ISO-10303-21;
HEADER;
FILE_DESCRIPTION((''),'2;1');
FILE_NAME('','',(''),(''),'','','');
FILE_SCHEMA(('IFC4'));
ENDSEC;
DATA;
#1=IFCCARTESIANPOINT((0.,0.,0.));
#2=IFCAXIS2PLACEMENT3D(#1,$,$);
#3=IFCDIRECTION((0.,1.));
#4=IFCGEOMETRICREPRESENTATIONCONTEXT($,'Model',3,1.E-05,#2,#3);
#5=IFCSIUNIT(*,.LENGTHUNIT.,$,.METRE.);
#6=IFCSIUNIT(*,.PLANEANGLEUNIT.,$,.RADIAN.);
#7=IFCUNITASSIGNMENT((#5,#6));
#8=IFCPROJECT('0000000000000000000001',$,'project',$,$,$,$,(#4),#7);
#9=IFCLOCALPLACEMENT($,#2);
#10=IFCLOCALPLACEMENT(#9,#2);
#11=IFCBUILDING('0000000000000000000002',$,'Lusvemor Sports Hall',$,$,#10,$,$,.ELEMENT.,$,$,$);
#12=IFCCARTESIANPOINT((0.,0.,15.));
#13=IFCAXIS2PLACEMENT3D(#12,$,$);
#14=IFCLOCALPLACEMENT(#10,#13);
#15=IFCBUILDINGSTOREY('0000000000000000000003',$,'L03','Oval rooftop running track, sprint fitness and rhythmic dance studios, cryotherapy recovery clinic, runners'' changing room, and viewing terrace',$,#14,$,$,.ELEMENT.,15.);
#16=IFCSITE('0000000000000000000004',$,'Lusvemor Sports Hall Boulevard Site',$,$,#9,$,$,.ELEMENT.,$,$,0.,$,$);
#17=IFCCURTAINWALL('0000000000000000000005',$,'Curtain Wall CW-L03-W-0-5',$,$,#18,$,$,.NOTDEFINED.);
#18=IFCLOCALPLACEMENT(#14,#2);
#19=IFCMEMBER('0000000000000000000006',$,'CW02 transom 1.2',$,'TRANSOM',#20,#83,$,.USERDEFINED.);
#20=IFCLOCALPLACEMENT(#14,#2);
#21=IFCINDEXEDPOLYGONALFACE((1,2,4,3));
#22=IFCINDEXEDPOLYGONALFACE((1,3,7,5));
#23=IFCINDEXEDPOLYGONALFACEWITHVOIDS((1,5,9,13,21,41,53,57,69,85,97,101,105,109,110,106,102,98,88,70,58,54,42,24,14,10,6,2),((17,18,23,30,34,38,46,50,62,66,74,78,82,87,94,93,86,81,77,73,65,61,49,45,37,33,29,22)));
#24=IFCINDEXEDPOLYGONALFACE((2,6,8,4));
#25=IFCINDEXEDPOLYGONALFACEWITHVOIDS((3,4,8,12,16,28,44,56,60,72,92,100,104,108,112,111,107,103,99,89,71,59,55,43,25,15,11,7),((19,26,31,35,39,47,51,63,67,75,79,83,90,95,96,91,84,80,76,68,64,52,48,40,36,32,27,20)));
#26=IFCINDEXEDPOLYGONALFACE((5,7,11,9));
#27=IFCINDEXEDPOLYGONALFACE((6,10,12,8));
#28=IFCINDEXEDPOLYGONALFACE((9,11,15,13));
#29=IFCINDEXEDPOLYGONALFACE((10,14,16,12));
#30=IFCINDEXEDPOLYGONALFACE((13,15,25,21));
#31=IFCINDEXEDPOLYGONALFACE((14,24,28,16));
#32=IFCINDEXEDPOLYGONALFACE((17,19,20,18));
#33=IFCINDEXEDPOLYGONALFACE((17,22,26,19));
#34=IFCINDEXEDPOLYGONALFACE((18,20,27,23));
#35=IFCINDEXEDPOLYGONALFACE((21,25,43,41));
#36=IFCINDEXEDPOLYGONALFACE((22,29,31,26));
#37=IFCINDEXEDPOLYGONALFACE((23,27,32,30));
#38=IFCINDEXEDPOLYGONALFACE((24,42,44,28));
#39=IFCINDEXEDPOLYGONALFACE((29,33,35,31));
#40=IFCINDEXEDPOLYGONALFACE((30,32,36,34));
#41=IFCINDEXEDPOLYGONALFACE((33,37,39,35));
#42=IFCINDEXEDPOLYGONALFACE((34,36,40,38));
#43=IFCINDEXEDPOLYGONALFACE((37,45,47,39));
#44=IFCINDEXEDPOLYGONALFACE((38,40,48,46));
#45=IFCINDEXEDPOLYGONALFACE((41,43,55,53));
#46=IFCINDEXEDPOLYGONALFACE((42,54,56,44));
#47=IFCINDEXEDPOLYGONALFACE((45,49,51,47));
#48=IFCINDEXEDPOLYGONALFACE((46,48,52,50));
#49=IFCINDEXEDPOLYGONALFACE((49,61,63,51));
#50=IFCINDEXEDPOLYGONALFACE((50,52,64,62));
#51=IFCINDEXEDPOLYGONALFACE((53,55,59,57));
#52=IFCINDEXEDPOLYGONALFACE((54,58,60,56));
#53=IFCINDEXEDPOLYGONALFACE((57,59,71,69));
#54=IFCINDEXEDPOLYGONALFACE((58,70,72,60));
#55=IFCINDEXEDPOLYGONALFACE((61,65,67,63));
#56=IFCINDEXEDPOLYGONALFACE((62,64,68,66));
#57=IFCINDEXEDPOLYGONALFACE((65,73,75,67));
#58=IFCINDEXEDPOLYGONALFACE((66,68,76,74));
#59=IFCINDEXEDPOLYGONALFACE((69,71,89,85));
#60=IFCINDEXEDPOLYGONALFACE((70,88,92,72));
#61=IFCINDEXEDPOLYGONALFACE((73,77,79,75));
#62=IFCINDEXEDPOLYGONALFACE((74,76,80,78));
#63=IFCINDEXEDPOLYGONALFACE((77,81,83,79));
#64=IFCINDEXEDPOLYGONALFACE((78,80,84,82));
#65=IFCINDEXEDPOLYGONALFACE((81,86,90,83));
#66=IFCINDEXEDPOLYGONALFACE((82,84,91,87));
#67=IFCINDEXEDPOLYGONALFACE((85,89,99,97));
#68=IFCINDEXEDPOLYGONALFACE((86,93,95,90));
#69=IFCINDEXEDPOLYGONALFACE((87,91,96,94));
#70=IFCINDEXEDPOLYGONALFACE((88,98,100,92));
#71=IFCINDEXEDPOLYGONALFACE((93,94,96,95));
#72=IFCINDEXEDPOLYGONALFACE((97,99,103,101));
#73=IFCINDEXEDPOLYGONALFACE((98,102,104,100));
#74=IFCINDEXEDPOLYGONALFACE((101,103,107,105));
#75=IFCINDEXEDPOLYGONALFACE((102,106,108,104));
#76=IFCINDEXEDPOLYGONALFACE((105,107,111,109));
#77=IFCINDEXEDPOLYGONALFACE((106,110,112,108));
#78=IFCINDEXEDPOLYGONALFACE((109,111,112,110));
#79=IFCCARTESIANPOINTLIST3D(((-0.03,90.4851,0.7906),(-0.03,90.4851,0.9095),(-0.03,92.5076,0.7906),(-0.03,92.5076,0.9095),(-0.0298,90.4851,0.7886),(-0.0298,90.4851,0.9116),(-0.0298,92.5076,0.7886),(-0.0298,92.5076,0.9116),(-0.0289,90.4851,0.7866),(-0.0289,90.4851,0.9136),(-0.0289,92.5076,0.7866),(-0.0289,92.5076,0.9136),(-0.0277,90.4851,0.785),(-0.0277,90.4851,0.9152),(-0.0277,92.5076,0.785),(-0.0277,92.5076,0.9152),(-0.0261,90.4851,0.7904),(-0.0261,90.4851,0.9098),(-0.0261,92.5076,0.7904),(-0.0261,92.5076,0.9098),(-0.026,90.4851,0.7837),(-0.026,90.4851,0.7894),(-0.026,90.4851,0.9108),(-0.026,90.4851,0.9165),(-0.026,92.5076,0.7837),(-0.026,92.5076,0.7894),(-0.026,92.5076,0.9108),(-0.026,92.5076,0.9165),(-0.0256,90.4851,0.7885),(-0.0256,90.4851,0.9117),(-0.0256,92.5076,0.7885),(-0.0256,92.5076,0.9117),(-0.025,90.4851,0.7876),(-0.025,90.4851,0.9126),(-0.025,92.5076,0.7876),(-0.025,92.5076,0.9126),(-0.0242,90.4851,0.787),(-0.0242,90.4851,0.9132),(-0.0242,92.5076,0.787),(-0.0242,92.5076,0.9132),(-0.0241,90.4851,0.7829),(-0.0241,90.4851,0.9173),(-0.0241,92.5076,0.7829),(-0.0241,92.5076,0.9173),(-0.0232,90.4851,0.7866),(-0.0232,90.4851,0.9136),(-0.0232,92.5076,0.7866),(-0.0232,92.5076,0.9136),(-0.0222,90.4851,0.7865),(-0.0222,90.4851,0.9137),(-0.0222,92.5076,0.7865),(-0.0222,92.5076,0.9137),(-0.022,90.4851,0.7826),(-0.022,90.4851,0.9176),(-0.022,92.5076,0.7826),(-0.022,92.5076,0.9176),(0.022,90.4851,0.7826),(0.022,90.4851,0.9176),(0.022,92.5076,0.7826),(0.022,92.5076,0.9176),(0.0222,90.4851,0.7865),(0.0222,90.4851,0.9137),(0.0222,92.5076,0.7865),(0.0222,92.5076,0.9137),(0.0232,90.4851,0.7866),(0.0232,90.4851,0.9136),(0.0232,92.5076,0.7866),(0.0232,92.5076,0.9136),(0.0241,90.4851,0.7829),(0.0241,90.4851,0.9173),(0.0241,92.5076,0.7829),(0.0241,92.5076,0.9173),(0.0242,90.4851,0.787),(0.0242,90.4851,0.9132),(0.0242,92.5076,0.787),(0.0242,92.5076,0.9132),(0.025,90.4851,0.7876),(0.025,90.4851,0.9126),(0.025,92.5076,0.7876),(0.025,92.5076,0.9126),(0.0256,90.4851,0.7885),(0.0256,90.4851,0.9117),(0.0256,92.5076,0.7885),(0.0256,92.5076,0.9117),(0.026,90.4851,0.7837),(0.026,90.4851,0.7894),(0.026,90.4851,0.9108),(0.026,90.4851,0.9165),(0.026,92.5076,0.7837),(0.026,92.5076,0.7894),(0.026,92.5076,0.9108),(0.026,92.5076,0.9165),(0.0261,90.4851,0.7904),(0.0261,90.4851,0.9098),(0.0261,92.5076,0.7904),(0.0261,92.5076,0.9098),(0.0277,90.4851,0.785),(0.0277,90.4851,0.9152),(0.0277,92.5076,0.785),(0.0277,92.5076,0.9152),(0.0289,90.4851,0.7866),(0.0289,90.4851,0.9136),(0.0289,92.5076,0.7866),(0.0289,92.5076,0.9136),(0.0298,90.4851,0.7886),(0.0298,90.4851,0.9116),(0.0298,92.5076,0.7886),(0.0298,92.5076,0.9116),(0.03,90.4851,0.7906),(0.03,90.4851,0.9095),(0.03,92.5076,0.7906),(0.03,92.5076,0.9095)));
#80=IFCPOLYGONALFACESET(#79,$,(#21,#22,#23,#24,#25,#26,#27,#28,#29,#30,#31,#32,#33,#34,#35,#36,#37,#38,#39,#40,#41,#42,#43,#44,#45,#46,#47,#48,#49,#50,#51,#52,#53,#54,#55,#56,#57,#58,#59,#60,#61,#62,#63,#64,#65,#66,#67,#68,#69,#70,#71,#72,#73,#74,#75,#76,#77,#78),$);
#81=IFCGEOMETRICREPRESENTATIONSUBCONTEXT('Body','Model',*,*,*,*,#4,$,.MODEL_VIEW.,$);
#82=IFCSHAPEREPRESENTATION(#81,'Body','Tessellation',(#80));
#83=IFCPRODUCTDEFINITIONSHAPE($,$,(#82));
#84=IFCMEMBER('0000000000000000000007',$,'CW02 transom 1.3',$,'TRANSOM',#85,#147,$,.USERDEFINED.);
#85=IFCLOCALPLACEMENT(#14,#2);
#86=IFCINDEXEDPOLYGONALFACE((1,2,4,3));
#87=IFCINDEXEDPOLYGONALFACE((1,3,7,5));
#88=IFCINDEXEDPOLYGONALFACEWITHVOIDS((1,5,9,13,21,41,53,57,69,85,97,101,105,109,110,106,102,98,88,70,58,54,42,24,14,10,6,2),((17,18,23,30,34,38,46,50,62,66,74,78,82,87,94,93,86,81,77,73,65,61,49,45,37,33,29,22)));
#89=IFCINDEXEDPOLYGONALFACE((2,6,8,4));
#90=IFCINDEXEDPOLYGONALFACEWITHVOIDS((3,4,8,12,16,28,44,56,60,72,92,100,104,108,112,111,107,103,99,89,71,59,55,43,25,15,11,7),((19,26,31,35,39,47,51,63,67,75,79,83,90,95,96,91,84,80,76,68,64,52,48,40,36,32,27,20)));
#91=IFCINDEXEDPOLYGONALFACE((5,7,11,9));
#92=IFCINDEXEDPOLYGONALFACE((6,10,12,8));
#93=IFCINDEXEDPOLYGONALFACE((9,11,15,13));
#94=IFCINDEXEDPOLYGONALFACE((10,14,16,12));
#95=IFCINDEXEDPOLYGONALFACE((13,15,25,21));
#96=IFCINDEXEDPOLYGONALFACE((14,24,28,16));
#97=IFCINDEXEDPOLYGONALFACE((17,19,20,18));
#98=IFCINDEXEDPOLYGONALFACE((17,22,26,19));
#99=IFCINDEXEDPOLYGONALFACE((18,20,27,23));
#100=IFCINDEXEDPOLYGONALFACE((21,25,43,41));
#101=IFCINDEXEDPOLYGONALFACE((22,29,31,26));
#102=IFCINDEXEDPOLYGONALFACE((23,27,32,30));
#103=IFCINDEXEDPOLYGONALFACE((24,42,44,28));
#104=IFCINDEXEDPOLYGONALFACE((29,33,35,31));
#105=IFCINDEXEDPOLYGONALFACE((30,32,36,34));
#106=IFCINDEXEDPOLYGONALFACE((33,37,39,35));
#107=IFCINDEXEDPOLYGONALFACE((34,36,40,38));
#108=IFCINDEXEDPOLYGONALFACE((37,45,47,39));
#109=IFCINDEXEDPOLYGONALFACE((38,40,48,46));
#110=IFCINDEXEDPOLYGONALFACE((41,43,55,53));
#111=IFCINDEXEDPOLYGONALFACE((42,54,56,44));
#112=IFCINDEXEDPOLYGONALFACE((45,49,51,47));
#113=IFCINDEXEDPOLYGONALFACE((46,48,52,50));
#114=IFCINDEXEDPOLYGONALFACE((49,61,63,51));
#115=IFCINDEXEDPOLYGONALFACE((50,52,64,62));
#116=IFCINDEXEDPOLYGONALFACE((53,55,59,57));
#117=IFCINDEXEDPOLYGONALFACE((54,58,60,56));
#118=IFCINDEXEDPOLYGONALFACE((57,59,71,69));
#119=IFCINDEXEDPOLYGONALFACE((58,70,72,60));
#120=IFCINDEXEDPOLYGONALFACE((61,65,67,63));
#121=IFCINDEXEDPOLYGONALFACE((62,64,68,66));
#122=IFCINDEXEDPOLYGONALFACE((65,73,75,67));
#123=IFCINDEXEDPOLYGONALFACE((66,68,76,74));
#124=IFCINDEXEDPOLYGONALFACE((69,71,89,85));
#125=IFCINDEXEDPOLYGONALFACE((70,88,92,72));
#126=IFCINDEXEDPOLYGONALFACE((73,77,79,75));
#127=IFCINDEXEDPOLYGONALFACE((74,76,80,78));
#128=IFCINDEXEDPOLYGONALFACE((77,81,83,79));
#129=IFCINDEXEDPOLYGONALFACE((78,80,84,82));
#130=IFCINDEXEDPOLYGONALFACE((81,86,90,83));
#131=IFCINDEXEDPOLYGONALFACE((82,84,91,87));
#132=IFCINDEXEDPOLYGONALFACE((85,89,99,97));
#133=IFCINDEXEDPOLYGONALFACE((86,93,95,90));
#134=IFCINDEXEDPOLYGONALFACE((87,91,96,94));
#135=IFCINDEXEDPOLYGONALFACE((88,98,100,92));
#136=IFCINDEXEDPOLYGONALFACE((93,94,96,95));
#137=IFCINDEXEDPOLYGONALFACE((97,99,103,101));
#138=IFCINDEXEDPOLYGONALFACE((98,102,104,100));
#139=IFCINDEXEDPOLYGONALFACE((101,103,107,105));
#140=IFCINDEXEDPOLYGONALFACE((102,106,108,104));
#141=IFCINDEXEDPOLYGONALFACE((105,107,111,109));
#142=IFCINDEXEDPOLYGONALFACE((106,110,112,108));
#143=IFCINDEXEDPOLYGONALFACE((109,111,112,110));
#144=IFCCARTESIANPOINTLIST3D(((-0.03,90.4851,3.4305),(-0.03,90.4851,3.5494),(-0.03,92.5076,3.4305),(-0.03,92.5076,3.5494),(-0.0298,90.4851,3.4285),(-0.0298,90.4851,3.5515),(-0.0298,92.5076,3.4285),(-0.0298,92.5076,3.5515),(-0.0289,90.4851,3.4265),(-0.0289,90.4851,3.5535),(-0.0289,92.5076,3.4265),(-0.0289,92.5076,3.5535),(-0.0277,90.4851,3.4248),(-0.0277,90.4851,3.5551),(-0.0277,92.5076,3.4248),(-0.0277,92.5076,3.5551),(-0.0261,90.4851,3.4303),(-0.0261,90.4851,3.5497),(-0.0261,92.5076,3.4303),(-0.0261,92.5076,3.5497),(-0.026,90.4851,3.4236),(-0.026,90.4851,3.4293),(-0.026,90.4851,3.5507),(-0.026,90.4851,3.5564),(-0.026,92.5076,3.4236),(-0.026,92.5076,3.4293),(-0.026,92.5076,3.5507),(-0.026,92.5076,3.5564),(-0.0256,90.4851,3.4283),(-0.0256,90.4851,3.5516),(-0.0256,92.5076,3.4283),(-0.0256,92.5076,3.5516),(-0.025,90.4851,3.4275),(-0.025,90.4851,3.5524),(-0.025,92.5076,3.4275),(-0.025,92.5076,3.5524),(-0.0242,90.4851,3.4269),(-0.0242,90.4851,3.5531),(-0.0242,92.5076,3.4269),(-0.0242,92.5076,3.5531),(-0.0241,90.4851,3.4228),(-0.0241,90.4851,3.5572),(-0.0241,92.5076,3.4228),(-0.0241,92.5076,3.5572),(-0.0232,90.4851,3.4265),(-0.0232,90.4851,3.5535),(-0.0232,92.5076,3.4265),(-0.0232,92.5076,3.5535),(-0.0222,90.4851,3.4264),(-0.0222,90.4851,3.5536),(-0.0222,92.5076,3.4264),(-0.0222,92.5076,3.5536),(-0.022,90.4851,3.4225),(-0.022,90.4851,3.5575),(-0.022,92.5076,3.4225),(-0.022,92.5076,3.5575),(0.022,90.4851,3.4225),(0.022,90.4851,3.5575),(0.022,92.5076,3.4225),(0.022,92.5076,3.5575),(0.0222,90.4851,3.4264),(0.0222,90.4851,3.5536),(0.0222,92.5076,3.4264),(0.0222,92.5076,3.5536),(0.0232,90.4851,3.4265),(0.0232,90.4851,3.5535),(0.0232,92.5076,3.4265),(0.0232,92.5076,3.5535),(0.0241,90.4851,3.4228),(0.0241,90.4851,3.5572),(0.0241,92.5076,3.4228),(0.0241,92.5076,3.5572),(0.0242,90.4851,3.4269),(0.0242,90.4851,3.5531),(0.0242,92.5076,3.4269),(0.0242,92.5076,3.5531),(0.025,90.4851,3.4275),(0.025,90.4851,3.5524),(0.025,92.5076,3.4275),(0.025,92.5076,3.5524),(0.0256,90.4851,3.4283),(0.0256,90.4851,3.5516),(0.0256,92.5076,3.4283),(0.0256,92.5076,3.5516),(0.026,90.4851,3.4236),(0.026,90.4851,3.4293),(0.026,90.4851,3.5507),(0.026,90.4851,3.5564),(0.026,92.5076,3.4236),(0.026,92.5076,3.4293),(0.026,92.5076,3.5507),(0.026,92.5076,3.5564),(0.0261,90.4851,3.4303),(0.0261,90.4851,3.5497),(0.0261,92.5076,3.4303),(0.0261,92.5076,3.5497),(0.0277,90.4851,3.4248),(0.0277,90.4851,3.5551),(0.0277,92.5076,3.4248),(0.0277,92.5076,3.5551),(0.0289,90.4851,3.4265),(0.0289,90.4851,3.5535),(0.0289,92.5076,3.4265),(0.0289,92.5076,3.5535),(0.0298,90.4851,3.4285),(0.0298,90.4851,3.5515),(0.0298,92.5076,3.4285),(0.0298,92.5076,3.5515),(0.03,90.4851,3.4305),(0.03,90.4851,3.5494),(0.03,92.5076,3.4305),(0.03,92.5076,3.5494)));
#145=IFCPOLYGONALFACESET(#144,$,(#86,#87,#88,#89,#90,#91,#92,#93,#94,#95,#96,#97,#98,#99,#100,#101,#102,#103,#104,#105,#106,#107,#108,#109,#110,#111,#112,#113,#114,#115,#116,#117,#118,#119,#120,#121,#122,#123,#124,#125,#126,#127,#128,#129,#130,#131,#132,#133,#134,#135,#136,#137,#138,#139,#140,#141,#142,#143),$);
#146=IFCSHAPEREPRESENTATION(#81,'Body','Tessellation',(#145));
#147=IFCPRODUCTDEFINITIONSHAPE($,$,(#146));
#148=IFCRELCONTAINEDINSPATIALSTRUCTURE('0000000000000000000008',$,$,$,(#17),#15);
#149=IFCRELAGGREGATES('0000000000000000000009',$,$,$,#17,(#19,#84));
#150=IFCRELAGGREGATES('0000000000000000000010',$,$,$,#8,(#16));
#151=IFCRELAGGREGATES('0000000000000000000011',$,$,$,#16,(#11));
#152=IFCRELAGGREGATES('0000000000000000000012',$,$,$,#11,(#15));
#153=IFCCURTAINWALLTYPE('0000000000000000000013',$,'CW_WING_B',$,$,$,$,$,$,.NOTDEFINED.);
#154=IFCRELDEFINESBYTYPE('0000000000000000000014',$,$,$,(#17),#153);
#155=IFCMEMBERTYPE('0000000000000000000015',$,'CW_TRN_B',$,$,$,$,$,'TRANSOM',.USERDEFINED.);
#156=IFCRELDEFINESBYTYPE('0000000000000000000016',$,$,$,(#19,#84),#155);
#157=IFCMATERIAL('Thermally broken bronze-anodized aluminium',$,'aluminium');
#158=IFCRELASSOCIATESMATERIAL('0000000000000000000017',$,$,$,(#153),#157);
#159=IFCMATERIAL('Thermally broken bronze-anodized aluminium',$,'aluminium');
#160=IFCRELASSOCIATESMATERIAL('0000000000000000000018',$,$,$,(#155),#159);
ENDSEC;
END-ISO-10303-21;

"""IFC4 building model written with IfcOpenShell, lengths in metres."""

from ifc_helpers import new_model, si_unit, direction, frame, origin, origin_2d, place, context, subcontext, project, spatial, hollow_rectangle, extrude, material, material_profile, profile_set, type_object, element, aggregate, save


model = new_model("IFC4")

# Units and contexts
model_context = context("Model", 3, precision=1e-05, world=origin(), true_north=direction((0.0, 1.0)))
body_context = subcontext(model_context, "Body", "Model", "MODEL_VIEW")
ifc_project = project(units=[si_unit("LENGTHUNIT", "METRE"), si_unit("PLANEANGLEUNIT", "RADIAN")], contexts=[model_context])

# Site, building, storey
site_placement = place(None, origin())
site = spatial("IfcSite", under=ifc_project, at=site_placement, Name="Lusvemor Sports Hall Boulevard Site", CompositionType="ELEMENT", RefElevation=0.0)
building_placement = place(site_placement, origin())
building = spatial("IfcBuilding", under=site, at=building_placement, Name="Lusvemor Sports Hall", CompositionType="ELEMENT")
storey_placement = place(building_placement, frame((0.0, 0.0, 15.0)))
storey = spatial("IfcBuildingStorey", under=building, at=storey_placement, Name="L03", Description="Oval rooftop running track, sprint fitness and rhythmic dance studios, cryotherapy recovery clinic, runners' changing room, and viewing terrace", CompositionType="ELEMENT", Elevation=15.0)

# Curtain wall, members
ifc_material_1 = material(Name="Thermally broken bronze-anodized aluminium", Category="aluminium")
curtain_wall_type = type_object("IfcCurtainWallType", Name="CW_WING_B", PredefinedType="NOTDEFINED", material=ifc_material_1)
curtain_wall_placement = place(storey_placement, origin())
curtain_wall = element("IfcCurtainWall", 1, at=curtain_wall_placement, inside=storey, type_object=curtain_wall_type, Name="Curtain Wall CW-L03-W-0-5", PredefinedType="NOTDEFINED")
ifc_material_2 = material(Name="Thermally broken bronze-anodized aluminium", Category="aluminium")
ifc_material_profile_1 = material_profile(ifc_material_2, hollow_rectangle(XDim=0.0601, YDim=0.135, WallThickness=0.0039, InnerFilletRadius=0.0039, OuterFilletRadius=0.0081, at=origin_2d()), Name="CWTRN135x60x4")
ifc_profile_set_1 = profile_set([ifc_material_profile_1], Name="Thermally broken bronze-anodized aluminium")
member_type_1 = type_object("IfcMemberType", Name="CW_TRN_B", ElementType="TRANSOM", PredefinedType="USERDEFINED", material=ifc_profile_set_1)
member_1_placement = place(storey_placement, frame((0.0, 90.4851, 0.8501), z_axis=(0.0, 1.0, 0.0), x_axis=(-1.0, 0.0, 0.0)))
member_1 = element("IfcMember", 2, at=member_1_placement, type_object=member_type_1, Name="CW02 transom 1.2", ObjectType="TRANSOM", PredefinedType="USERDEFINED", context=body_context, shape_type="SweptSolid", body=[
    extrude(hollow_rectangle(XDim=0.0601, YDim=0.135, WallThickness=0.0039, InnerFilletRadius=0.0039, OuterFilletRadius=0.0081, at=origin_2d()), origin(), (0.0, 0.0, 1.0), 2.0225),
])
member_2_placement = place(storey_placement, frame((0.0, 90.4851, 3.49), z_axis=(0.0, 1.0, 0.0), x_axis=(-1.0, 0.0, 0.0)))
member_2 = element("IfcMember", 3, at=member_2_placement, type_object=member_type_1, Name="CW02 transom 1.3", ObjectType="TRANSOM", PredefinedType="USERDEFINED", context=body_context, shape_type="SweptSolid", body=[
    extrude(hollow_rectangle(XDim=0.0601, YDim=0.135, WallThickness=0.0039, InnerFilletRadius=0.0039, OuterFilletRadius=0.0081, at=origin_2d()), origin(), (0.0, 0.0, 1.0), 2.0225),
])

aggregate(curtain_wall, [member_1, member_2])

save(model, "model.ifc")
